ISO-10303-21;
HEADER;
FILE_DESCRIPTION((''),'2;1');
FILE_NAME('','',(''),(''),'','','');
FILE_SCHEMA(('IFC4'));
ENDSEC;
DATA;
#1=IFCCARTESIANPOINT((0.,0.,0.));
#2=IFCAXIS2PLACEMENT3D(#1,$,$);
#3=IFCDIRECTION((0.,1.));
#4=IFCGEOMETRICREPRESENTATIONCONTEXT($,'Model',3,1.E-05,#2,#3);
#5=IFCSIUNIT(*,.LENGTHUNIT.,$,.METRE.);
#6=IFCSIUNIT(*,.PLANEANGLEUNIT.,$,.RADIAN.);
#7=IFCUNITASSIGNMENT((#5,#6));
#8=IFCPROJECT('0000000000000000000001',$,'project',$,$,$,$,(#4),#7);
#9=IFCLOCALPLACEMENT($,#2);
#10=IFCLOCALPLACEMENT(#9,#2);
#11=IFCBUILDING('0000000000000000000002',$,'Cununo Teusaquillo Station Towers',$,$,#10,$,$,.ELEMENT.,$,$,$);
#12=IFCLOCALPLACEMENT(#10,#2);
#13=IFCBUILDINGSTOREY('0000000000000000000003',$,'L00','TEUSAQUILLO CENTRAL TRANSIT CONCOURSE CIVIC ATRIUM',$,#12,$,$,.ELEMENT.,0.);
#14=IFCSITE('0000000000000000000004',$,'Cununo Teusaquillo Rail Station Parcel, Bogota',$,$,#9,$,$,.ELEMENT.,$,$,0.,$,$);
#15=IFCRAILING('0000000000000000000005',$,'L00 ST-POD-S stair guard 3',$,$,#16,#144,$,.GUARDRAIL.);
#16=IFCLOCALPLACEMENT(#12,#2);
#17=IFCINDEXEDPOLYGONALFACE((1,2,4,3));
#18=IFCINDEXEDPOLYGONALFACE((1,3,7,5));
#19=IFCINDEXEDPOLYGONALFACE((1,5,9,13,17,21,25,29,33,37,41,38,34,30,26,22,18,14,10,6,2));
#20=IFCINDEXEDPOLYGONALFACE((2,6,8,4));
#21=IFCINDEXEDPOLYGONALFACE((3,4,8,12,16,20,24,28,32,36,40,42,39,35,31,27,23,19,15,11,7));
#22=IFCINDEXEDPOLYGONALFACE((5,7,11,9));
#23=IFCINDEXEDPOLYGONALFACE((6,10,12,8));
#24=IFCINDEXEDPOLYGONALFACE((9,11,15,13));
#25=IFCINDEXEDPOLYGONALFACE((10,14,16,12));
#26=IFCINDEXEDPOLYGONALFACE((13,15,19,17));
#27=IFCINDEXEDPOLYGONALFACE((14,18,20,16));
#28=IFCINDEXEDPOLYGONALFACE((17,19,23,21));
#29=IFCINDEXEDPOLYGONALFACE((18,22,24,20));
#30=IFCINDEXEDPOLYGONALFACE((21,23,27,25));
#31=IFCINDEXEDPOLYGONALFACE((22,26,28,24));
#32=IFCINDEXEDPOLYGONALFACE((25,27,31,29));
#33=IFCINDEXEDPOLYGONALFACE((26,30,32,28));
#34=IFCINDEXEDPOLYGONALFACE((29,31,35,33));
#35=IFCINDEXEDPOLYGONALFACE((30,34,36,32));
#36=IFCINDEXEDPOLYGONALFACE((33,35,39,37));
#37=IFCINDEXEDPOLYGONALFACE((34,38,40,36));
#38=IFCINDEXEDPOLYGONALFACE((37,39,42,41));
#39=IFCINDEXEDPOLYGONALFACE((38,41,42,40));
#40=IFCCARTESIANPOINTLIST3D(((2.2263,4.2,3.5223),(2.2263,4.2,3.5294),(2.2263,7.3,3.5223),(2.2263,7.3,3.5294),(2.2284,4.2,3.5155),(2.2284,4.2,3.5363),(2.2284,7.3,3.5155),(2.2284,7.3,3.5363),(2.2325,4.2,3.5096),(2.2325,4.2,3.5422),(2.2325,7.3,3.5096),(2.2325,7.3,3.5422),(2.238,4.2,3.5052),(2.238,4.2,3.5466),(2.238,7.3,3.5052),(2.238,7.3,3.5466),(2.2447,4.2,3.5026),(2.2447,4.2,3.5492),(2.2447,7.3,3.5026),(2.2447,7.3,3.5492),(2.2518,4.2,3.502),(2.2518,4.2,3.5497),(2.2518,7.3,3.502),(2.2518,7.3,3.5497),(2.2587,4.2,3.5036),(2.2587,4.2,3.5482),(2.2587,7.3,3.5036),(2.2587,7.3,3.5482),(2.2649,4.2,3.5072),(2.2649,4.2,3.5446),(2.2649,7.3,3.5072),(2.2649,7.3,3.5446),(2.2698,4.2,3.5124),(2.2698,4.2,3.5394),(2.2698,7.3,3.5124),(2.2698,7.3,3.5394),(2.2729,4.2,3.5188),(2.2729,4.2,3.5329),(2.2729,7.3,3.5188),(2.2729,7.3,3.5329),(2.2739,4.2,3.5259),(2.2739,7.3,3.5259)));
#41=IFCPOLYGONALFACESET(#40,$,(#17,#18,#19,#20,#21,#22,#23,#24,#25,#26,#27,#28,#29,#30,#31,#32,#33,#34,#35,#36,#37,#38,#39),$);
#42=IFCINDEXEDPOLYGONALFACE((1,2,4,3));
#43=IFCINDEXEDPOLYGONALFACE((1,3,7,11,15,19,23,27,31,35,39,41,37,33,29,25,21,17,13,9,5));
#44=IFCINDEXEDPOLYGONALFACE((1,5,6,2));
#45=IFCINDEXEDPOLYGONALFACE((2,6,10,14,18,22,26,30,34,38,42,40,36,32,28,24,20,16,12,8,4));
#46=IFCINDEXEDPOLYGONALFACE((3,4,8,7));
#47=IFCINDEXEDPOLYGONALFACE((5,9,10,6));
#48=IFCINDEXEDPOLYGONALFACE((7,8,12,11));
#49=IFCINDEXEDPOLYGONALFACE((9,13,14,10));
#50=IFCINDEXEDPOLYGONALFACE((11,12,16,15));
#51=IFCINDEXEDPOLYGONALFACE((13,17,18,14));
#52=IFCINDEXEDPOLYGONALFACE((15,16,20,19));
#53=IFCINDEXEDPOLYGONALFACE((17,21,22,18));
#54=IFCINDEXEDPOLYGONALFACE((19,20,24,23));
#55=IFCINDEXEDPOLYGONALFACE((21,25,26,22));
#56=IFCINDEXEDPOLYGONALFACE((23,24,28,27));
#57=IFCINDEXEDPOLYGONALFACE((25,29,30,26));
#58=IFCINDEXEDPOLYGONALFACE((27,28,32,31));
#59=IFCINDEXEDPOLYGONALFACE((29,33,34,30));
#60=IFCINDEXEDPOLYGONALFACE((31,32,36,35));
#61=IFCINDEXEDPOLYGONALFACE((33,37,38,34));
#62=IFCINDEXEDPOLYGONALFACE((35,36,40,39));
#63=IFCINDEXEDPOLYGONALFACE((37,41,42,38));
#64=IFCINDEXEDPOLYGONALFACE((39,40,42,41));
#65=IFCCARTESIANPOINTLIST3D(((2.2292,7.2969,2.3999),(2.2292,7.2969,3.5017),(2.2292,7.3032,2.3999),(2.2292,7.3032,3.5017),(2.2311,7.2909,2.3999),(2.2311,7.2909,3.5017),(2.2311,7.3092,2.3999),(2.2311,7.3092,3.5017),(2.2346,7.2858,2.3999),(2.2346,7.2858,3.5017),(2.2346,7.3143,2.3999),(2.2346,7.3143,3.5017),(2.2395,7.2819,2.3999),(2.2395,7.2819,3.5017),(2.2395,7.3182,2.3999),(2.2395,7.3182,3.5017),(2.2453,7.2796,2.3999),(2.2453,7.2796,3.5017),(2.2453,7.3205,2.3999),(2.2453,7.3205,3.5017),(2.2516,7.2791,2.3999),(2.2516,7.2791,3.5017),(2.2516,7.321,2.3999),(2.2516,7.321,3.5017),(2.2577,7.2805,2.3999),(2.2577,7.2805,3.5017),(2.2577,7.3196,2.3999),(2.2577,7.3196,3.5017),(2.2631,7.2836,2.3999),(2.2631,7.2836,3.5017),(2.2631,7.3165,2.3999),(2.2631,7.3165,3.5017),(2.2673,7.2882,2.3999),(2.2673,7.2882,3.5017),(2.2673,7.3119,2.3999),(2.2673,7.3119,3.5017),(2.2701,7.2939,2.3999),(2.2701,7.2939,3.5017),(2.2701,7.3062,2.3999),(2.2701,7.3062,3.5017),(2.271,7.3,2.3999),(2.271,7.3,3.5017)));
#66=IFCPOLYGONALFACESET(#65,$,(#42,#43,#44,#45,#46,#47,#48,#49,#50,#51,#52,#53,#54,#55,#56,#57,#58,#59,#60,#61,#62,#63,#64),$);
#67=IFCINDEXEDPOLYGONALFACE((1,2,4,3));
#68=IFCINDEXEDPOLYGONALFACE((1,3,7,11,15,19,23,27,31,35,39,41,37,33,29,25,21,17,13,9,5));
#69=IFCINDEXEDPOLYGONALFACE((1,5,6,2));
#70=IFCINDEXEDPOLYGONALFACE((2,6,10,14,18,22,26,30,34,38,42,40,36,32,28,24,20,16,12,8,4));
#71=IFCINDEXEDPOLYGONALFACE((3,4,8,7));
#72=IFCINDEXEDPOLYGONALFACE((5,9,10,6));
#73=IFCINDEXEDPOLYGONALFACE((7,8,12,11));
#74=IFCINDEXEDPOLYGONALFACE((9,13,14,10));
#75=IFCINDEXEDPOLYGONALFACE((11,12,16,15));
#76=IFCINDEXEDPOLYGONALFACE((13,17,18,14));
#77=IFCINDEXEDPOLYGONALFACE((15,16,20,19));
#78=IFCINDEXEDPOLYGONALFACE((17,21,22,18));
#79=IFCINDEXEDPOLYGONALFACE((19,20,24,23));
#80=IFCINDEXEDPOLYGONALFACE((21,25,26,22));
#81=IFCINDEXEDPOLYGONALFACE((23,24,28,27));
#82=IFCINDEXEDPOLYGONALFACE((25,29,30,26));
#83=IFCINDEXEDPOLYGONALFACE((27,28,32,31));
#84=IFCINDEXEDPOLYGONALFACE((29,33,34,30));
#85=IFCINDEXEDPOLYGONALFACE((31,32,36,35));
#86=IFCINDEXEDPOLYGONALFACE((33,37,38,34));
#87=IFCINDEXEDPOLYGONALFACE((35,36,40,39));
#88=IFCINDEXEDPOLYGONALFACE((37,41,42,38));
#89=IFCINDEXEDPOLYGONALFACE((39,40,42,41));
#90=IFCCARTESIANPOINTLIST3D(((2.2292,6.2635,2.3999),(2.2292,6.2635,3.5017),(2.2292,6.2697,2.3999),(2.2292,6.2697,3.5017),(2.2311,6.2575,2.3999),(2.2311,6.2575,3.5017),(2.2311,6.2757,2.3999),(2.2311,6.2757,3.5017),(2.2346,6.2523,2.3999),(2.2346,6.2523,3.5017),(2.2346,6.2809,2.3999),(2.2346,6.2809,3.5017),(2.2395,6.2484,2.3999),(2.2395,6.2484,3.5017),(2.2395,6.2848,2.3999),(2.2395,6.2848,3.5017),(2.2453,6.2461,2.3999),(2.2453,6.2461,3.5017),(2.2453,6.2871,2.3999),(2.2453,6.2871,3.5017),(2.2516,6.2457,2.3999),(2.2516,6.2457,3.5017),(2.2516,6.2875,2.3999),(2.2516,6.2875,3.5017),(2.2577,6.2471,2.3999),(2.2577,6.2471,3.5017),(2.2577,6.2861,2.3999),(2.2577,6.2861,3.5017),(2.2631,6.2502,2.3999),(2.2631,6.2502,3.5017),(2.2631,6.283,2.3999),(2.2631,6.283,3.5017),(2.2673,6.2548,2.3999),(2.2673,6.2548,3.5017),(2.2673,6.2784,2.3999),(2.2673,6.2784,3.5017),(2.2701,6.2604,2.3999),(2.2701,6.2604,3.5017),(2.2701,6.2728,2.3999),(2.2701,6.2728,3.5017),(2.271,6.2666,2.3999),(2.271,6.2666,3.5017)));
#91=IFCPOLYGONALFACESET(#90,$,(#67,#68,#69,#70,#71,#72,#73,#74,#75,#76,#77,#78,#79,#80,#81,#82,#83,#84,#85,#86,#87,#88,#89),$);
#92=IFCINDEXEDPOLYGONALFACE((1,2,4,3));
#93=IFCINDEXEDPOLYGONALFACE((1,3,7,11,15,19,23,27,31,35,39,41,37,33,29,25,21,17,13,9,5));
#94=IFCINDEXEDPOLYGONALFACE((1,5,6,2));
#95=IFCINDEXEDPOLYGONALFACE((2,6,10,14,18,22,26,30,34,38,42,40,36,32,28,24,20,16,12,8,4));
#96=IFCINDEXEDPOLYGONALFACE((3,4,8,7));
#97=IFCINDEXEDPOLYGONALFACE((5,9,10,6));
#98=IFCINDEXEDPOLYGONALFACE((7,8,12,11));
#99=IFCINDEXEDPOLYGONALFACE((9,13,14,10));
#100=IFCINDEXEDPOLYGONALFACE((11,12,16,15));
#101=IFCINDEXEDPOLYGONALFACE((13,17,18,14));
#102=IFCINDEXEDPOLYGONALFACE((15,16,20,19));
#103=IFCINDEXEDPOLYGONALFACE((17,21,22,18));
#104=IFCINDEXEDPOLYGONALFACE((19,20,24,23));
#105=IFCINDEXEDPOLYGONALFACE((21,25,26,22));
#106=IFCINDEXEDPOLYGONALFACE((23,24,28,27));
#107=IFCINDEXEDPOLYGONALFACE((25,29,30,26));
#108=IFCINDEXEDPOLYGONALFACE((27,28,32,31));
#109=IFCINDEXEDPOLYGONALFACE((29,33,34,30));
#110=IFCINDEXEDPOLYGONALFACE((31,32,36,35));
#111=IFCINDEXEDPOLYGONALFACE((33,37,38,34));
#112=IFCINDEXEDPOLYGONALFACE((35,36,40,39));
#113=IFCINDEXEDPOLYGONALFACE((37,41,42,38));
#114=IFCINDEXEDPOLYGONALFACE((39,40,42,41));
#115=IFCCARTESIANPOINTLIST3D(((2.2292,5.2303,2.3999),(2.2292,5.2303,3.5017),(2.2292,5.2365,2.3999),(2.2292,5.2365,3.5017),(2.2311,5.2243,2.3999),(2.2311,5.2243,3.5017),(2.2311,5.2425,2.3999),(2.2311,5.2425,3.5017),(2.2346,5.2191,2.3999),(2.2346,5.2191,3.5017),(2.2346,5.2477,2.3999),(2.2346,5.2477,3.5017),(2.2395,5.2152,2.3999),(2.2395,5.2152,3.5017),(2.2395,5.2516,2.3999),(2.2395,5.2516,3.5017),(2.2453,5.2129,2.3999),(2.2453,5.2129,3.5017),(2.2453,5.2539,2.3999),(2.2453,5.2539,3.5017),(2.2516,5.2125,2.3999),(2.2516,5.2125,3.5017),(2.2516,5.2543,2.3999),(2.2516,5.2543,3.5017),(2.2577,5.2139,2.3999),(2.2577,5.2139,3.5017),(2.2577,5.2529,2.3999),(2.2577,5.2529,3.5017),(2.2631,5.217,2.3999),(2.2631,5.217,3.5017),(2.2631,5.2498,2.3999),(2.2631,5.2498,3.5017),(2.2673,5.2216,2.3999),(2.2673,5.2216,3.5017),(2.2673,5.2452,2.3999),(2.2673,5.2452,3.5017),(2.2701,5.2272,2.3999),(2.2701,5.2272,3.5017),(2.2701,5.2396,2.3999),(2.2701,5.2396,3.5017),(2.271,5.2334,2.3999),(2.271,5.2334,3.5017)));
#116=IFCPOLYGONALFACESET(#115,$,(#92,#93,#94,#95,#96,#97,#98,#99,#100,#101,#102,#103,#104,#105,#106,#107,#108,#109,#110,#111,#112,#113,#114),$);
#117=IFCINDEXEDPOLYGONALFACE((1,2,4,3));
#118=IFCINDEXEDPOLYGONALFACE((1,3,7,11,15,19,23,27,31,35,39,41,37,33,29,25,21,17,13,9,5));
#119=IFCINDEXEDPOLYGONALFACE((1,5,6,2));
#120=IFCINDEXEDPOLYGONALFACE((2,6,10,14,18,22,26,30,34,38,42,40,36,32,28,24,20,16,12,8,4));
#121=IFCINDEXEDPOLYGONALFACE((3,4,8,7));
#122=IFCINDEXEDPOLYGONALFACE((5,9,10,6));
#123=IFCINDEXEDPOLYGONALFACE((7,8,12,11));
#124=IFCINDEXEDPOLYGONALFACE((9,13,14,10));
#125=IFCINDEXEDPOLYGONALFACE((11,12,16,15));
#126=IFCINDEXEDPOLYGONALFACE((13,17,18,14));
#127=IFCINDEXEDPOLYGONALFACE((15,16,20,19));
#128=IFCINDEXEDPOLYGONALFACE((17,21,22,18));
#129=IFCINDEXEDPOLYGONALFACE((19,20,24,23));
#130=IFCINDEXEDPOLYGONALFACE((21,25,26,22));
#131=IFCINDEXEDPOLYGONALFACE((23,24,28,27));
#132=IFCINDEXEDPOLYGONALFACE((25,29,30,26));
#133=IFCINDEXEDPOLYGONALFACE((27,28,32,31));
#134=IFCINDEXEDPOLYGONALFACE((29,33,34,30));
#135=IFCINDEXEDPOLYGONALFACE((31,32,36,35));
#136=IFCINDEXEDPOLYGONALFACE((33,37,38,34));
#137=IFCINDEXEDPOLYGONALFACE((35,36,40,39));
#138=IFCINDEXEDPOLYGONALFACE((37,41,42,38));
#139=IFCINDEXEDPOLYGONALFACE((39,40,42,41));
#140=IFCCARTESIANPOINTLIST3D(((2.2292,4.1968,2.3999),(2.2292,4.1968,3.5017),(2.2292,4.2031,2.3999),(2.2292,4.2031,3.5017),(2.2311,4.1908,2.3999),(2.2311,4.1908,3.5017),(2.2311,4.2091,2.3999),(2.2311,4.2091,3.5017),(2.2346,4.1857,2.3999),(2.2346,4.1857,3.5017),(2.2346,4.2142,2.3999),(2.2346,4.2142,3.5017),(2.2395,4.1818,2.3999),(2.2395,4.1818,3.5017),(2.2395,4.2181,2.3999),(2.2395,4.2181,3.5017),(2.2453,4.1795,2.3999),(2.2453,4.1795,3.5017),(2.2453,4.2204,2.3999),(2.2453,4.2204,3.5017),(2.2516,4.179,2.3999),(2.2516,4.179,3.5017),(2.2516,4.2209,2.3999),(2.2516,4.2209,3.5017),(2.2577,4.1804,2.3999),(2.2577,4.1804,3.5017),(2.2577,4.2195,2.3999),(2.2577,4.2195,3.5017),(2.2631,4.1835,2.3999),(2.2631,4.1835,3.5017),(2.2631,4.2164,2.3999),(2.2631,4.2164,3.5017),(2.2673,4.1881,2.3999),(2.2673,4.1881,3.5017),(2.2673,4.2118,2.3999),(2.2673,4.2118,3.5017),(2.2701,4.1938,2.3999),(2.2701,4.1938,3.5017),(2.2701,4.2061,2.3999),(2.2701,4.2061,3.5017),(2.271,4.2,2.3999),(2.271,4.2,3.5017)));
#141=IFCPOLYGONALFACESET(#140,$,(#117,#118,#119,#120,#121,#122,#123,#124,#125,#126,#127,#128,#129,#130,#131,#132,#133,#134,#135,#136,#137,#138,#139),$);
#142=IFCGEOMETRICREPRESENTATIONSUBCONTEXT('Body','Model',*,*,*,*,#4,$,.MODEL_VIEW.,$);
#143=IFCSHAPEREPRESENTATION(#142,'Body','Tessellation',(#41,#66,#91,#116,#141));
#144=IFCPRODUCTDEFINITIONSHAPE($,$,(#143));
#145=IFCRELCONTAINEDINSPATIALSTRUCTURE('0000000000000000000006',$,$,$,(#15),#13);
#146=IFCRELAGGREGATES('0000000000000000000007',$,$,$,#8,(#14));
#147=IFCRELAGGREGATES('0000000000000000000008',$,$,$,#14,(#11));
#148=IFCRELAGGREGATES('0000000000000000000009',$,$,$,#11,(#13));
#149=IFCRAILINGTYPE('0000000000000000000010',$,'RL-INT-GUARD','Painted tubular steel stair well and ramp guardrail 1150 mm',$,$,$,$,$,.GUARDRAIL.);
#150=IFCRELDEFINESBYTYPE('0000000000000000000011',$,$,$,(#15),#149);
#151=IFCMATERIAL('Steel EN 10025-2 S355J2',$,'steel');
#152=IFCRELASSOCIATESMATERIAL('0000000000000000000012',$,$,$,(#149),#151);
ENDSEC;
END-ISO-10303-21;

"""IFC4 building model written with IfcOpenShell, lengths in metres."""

from ifc_helpers import new_model, si_unit, direction, frame, origin, origin_2d, place, context, subcontext, project, spatial, circle, extrude, material, type_object, element, save


model = new_model("IFC4")

# Units and contexts
model_context = context("Model", 3, precision=1e-05, world=origin(), true_north=direction((0.0, 1.0)))
body_context = subcontext(model_context, "Body", "Model", "MODEL_VIEW")
ifc_project = project(units=[si_unit("LENGTHUNIT", "METRE"), si_unit("PLANEANGLEUNIT", "RADIAN")], contexts=[model_context])

# Site, building, storey
site_placement = place(None, origin())
site = spatial("IfcSite", under=ifc_project, at=site_placement, Name="Cununo Teusaquillo Rail Station Parcel, Bogota", CompositionType="ELEMENT", RefElevation=0.0)
building_placement = place(site_placement, origin())
building = spatial("IfcBuilding", under=site, at=building_placement, Name="Cununo Teusaquillo Station Towers", CompositionType="ELEMENT")
storey_placement = place(building_placement, origin())
storey = spatial("IfcBuildingStorey", under=building, at=storey_placement, Name="L00", Description="TEUSAQUILLO CENTRAL TRANSIT CONCOURSE CIVIC ATRIUM", CompositionType="ELEMENT", Elevation=0.0)

# Railing
ifc_material_1 = material(Name="Steel EN 10025-2 S355J2", Category="steel")
railing_type_1 = type_object("IfcRailingType", Name="RL-INT-GUARD", Description="Painted tubular steel stair well and ramp guardrail 1150 mm", PredefinedType="GUARDRAIL", material=ifc_material_1)
railing_1_placement = place(storey_placement, frame((2.25, 7.3, 2.3999)))
element("IfcRailing", 1, at=railing_1_placement, inside=storey, type_object=railing_type_1, Name="L00 ST-POD-S stair guard 3", PredefinedType="GUARDRAIL", context=body_context, shape_type="SweptSolid", body=[
    extrude(circle(Radius=0.0239, at=origin_2d()), frame((0.0, 0.0, 1.126), z_axis=(0.0, -1.0, 0.0), x_axis=(1.0, 0.0, 0.0)), (0.0, 0.0, 1.0), 3.1001),
    extrude(circle(Radius=0.021, at=origin_2d()), origin(), (0.0, 0.0, 1.0), 1.1018),
    extrude(circle(Radius=0.021, at=origin_2d()), frame((0.0, -1.0334, 0.0)), (0.0, 0.0, 1.0), 1.1018),
    extrude(circle(Radius=0.021, at=origin_2d()), frame((0.0, -2.0667, 0.0)), (0.0, 0.0, 1.0), 1.1018),
    extrude(circle(Radius=0.021, at=origin_2d()), frame((0.0, -3.1001, 0.0)), (0.0, 0.0, 1.0), 1.1018),
])

save(model, "model.ifc")
